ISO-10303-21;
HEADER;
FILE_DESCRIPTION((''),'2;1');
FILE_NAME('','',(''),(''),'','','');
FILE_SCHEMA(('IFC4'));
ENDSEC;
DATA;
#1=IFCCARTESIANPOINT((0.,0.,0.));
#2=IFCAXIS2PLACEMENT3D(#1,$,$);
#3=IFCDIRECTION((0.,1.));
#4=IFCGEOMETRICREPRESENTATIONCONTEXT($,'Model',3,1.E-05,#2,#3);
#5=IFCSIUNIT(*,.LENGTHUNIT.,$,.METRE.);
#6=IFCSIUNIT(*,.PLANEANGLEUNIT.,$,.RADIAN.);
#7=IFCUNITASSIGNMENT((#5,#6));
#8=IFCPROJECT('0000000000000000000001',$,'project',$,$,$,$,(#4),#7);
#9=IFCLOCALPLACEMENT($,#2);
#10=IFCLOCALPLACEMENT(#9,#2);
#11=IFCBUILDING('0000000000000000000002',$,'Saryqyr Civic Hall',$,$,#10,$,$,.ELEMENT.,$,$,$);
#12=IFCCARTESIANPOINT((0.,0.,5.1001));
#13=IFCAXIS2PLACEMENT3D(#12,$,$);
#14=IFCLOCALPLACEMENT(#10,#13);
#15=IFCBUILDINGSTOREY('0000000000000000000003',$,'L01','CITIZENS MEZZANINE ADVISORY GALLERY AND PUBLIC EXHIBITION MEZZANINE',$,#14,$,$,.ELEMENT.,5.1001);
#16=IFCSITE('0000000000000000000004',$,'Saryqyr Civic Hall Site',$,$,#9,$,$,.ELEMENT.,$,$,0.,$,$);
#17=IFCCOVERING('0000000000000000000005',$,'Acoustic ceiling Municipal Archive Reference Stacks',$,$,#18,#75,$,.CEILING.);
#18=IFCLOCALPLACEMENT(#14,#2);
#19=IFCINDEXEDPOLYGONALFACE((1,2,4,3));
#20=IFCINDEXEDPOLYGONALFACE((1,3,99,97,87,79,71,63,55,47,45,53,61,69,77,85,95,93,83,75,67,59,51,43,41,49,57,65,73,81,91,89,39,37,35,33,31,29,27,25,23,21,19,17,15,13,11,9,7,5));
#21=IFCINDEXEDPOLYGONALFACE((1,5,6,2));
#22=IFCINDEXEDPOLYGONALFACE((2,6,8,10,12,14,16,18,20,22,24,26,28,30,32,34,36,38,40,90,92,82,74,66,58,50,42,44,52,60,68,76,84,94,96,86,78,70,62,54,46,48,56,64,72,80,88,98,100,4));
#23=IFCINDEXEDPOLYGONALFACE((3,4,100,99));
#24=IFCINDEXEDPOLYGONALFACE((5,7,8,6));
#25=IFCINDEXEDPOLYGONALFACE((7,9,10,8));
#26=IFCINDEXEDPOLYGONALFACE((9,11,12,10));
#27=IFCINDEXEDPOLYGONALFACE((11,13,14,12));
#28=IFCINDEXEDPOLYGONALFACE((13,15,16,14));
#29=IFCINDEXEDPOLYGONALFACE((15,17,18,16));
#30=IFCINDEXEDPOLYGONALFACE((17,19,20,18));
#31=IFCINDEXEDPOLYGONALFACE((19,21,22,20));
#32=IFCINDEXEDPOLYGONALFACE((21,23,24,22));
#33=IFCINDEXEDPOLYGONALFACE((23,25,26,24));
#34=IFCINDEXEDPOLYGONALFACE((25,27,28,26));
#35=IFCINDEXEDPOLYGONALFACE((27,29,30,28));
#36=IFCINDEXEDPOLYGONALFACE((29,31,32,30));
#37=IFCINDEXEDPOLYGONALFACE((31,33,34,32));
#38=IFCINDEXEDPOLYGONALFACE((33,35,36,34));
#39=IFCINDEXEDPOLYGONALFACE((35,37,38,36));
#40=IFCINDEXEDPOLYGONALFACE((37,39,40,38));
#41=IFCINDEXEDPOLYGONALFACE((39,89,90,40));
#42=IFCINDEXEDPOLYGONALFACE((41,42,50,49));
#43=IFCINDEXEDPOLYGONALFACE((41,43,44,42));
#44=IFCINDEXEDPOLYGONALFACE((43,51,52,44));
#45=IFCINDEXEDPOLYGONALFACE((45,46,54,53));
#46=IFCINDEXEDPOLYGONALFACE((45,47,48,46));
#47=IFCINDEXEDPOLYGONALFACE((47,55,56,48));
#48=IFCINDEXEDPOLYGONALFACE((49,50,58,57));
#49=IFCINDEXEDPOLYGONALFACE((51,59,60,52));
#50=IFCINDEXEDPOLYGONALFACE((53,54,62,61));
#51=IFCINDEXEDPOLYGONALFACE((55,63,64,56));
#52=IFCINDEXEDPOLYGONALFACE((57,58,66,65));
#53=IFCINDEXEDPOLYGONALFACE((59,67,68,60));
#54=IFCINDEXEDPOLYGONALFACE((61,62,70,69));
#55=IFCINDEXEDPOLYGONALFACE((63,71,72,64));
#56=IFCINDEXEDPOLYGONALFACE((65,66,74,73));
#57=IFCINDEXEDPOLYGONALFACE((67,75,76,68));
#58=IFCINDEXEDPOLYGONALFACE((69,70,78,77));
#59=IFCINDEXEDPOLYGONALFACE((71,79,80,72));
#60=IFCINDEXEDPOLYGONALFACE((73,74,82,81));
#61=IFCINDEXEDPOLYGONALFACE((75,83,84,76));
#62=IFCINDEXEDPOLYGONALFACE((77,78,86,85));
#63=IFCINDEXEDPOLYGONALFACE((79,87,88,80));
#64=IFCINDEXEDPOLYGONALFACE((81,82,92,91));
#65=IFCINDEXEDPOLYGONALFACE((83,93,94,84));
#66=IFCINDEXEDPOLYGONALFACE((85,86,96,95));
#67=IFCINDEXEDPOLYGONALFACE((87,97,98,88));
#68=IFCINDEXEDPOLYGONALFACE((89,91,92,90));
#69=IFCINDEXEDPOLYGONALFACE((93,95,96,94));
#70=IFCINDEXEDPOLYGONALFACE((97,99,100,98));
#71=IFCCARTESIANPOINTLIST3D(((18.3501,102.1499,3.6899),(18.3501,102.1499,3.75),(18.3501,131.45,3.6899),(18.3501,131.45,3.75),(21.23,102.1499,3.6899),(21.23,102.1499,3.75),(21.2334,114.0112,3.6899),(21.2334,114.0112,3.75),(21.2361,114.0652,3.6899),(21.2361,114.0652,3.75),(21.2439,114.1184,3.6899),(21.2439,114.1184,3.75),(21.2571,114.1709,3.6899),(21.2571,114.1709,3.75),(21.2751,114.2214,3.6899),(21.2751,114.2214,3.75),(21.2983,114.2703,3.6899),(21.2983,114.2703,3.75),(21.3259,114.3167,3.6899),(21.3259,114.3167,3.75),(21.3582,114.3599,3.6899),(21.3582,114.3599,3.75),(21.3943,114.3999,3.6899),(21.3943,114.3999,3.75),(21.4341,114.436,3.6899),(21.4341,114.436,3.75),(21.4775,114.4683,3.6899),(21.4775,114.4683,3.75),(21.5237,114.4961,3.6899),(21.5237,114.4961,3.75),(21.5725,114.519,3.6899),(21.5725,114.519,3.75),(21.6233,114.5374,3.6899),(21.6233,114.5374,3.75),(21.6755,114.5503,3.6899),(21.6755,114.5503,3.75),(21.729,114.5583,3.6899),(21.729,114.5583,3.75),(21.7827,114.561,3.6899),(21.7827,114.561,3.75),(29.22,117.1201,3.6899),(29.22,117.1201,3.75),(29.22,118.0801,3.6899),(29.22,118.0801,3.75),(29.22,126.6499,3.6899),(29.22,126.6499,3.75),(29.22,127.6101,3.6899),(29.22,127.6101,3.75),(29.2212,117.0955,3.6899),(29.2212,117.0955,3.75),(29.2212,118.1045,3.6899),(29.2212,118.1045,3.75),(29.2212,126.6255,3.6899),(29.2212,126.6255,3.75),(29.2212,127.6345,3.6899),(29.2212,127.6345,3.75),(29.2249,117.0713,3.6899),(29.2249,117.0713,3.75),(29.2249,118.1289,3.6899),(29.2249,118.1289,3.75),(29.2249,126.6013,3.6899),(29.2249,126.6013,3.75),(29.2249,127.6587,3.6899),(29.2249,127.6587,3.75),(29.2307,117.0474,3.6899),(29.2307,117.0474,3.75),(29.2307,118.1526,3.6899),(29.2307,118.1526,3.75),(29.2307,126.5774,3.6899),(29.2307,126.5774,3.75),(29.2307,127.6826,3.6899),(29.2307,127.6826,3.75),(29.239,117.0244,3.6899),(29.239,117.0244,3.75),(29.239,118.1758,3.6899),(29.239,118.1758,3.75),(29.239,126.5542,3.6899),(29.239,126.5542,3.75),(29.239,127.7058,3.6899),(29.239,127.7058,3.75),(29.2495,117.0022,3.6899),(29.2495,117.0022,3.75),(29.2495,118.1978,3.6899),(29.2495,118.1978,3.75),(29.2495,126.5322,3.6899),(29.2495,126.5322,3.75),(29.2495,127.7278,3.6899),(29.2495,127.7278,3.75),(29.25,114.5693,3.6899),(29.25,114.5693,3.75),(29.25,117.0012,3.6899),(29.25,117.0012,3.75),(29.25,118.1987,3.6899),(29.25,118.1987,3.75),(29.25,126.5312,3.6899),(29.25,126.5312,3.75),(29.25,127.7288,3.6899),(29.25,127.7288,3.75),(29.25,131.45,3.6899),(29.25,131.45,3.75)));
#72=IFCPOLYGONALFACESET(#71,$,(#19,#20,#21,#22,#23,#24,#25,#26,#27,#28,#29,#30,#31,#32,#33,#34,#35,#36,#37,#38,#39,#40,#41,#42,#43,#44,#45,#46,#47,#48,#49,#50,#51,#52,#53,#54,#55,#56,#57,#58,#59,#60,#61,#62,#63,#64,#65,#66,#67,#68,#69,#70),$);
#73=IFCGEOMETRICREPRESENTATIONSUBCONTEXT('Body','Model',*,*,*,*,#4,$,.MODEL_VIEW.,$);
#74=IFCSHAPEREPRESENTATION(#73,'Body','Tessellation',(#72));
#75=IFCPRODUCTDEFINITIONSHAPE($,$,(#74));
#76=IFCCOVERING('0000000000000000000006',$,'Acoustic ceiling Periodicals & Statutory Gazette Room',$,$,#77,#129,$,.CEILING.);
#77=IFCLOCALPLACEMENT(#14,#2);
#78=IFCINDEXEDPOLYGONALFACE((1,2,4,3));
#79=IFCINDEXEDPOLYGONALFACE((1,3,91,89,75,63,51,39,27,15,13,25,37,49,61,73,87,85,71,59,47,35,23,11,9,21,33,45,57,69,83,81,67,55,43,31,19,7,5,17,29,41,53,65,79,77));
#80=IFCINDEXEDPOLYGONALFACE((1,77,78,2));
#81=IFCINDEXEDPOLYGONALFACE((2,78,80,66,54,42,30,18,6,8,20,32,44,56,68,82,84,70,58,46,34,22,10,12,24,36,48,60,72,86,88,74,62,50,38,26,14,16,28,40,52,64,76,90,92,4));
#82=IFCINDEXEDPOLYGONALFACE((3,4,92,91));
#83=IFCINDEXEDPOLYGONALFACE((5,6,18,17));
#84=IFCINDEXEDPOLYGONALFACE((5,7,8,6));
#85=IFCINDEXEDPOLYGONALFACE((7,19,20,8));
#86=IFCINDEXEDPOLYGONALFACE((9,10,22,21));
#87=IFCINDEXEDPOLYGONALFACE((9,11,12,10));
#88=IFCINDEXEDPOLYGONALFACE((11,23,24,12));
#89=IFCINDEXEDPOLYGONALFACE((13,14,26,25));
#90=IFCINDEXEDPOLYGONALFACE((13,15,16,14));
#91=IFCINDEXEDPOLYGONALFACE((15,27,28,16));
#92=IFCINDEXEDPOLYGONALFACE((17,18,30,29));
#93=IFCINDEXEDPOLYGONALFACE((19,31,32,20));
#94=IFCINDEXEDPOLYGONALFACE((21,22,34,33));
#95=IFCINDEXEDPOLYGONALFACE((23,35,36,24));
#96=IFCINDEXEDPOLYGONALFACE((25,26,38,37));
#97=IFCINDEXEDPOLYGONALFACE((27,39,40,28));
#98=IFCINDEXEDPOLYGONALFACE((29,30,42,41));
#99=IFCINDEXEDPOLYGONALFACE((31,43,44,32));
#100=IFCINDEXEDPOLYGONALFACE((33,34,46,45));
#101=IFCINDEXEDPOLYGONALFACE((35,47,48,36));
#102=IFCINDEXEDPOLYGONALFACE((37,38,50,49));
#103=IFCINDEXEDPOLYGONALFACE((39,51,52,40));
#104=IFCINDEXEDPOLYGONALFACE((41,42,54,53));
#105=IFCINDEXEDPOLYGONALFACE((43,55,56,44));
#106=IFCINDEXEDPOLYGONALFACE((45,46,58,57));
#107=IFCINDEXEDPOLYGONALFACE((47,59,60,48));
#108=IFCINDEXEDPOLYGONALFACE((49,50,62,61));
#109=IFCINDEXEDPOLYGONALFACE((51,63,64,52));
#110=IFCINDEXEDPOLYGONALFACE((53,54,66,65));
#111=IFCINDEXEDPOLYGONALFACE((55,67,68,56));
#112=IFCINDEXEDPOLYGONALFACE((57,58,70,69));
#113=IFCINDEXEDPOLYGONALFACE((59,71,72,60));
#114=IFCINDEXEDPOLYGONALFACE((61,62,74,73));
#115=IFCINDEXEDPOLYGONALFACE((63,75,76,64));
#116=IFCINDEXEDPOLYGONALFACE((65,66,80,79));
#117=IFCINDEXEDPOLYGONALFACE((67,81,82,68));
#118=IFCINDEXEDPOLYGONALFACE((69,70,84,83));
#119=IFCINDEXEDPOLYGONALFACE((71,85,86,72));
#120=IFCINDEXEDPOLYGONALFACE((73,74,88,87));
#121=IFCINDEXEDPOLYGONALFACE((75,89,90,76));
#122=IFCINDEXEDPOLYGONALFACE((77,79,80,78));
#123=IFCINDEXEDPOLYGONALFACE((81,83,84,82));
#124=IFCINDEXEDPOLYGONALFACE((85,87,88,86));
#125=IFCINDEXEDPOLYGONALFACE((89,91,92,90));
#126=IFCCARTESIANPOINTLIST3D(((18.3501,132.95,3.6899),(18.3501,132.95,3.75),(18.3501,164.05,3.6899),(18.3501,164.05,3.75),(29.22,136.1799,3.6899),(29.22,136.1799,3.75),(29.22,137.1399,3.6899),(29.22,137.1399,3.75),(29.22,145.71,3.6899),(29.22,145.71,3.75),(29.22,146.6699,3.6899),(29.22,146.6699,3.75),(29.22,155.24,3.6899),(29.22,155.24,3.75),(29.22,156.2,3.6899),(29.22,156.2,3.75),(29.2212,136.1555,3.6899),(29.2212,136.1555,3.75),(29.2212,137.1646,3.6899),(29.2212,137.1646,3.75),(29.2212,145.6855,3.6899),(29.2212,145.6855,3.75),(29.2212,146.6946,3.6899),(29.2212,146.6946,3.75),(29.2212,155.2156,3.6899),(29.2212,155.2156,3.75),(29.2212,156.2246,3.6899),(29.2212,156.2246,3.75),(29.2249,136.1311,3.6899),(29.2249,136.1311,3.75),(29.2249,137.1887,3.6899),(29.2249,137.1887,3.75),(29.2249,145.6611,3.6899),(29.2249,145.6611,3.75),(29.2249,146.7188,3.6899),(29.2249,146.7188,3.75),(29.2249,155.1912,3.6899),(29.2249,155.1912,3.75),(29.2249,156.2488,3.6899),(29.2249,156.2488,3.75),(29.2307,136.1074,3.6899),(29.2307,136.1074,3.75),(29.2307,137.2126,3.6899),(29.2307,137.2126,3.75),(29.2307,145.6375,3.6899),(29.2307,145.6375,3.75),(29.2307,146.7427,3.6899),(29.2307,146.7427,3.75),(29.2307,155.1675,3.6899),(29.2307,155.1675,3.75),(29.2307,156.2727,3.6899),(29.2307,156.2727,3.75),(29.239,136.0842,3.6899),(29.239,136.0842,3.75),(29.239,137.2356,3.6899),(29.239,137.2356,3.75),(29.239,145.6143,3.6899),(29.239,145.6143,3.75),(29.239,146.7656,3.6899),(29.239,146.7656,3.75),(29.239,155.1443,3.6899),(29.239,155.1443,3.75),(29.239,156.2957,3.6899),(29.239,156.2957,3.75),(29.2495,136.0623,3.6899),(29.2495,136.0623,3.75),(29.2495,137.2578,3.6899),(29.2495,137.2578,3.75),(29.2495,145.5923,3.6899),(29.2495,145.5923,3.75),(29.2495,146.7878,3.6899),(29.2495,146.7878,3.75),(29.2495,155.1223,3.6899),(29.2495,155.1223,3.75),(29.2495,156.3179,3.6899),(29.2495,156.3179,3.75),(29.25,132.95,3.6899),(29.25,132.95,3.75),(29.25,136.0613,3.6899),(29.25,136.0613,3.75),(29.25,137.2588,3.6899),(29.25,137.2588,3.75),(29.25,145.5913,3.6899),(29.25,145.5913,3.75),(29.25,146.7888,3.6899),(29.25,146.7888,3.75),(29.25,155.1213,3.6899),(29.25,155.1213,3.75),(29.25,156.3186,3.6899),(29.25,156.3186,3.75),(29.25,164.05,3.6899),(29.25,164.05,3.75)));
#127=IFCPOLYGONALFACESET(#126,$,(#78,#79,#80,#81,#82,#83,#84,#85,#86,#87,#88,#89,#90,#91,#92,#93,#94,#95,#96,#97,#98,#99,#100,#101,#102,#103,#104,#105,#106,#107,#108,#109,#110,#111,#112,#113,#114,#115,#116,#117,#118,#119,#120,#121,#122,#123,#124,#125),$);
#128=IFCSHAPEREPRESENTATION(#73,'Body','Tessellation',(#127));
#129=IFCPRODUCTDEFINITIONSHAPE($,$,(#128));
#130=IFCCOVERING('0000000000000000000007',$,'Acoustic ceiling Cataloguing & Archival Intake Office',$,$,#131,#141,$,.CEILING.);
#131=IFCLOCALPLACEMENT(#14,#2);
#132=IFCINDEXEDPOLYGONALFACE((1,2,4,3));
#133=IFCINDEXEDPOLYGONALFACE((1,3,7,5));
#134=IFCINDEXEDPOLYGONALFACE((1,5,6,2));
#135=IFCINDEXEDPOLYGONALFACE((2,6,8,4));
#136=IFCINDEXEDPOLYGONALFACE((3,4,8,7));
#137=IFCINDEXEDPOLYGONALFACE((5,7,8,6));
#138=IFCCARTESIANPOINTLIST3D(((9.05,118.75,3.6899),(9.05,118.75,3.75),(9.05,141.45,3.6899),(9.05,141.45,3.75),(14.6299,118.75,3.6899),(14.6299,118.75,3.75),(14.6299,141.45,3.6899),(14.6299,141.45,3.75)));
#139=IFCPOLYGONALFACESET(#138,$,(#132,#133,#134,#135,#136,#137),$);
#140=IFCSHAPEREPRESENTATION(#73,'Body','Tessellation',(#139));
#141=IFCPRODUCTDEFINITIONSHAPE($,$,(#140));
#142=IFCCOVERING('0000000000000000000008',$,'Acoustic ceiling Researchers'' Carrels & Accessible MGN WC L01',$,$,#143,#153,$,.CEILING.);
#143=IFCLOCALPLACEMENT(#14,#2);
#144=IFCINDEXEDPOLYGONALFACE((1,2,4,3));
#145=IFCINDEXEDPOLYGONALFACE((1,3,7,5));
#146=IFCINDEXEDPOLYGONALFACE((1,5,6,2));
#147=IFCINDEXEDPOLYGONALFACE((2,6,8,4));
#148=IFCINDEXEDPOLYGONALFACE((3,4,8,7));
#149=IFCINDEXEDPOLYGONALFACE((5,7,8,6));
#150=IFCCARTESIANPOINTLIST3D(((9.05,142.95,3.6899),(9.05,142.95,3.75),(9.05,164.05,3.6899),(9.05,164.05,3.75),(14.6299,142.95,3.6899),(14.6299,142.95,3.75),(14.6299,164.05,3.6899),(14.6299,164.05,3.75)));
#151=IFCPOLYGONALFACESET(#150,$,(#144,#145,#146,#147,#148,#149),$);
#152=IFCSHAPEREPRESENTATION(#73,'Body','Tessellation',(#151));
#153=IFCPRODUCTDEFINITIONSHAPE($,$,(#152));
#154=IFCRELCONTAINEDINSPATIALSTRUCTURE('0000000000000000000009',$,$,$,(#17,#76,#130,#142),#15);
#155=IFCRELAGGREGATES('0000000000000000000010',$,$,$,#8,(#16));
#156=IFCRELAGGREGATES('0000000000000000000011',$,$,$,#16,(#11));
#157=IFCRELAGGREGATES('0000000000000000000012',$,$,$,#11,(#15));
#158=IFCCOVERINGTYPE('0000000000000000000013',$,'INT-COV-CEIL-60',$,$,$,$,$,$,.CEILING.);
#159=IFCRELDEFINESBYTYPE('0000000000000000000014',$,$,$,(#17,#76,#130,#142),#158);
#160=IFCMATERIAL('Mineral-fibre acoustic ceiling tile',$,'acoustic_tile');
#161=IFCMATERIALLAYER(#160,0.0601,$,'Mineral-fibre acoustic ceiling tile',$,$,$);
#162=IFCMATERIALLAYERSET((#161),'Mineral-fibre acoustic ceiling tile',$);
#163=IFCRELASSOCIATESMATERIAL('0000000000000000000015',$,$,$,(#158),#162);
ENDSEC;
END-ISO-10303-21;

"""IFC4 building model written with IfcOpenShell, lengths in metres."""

from ifc_helpers import new_model, si_unit, direction, frame, origin, place, context, subcontext, project, spatial, polyline, outline, extrude, material, layer, layer_set, type_object, element, save


model = new_model("IFC4")

# Units and contexts
model_context = context("Model", 3, precision=1e-05, world=origin(), true_north=direction((0.0, 1.0)))
body_context = subcontext(model_context, "Body", "Model", "MODEL_VIEW")
ifc_project = project(units=[si_unit("LENGTHUNIT", "METRE"), si_unit("PLANEANGLEUNIT", "RADIAN")], contexts=[model_context])

# Site, building, storey
site_placement = place(None, origin())
site = spatial("IfcSite", under=ifc_project, at=site_placement, Name="Saryqyr Civic Hall Site", CompositionType="ELEMENT", RefElevation=0.0)
building_placement = place(site_placement, origin())
building = spatial("IfcBuilding", under=site, at=building_placement, Name="Saryqyr Civic Hall", CompositionType="ELEMENT")
storey_placement = place(building_placement, frame((0.0, 0.0, 5.1001)))
storey = spatial("IfcBuildingStorey", under=building, at=storey_placement, Name="L01", Description="CITIZENS MEZZANINE ADVISORY GALLERY AND PUBLIC EXHIBITION MEZZANINE", CompositionType="ELEMENT", Elevation=5.1001)

# Coverings
ifc_material_1 = material(Name="Mineral-fibre acoustic ceiling tile", Category="acoustic_tile")
ifc_layer_1 = layer(ifc_material_1, 0.0601, Name="Mineral-fibre acoustic ceiling tile")
ifc_layer_set_1 = layer_set([ifc_layer_1], Name="Mineral-fibre acoustic ceiling tile")
covering_type = type_object("IfcCoveringType", Name="INT-COV-CEIL-60", PredefinedType="CEILING", material=ifc_layer_set_1)
covering_1_placement = place(storey_placement, frame((0.0, 0.0, 3.6899)))
element("IfcCovering", 1, at=covering_1_placement, inside=storey, type_object=covering_type, Name="Acoustic ceiling Municipal Archive Reference Stacks", PredefinedType="CEILING", context=body_context, shape_type="SweptSolid", body=[
    extrude(outline(polyline([(29.2495, 127.7278), (29.239, 127.7058), (29.2307, 127.6826), (29.2249, 127.6587), (29.2212, 127.6345), (29.22, 127.6101), (29.22, 126.6499), (29.2212, 126.6255), (29.2249, 126.6013), (29.2307, 126.5774), (29.239, 126.5542), (29.2495, 126.5322), (29.25, 126.5312), (29.25, 118.1987), (29.2495, 118.1978), (29.239, 118.1758), (29.2307, 118.1526), (29.2249, 118.1289), (29.2212, 118.1045), (29.22, 118.0801), (29.22, 117.1201), (29.2212, 117.0955), (29.2249, 117.0713), (29.2307, 117.0474), (29.239, 117.0244), (29.2495, 117.0022), (29.25, 117.0012), (29.25, 114.5693), (21.7827, 114.561), (21.729, 114.5583), (21.6755, 114.5503), (21.6233, 114.5374), (21.5725, 114.519), (21.5237, 114.4961), (21.4775, 114.4683), (21.4341, 114.436), (21.3943, 114.3999), (21.3582, 114.3599), (21.3259, 114.3167), (21.2983, 114.2703), (21.2751, 114.2214), (21.2571, 114.1709), (21.2439, 114.1184), (21.2361, 114.0652), (21.2334, 114.0112), (21.23, 102.1499), (18.3501, 102.1499), (18.3501, 131.45), (29.25, 131.45), (29.25, 127.7288), (29.2495, 127.7278)])), origin(), (0.0, 0.0, 1.0), 0.0601),
])
covering_2_placement = place(storey_placement, frame((0.0, 0.0, 3.6899)))
element("IfcCovering", 2, at=covering_2_placement, inside=storey, type_object=covering_type, Name="Acoustic ceiling Periodicals & Statutory Gazette Room", PredefinedType="CEILING", context=body_context, shape_type="SweptSolid", body=[
    extrude(outline(polyline([(29.2495, 156.3179), (29.239, 156.2957), (29.2307, 156.2727), (29.2249, 156.2488), (29.2212, 156.2246), (29.22, 156.2), (29.22, 155.24), (29.2212, 155.2156), (29.2249, 155.1912), (29.2307, 155.1675), (29.239, 155.1443), (29.2495, 155.1223), (29.25, 155.1213), (29.25, 146.7888), (29.2495, 146.7878), (29.239, 146.7656), (29.2307, 146.7427), (29.2249, 146.7188), (29.2212, 146.6946), (29.22, 146.6699), (29.22, 145.71), (29.2212, 145.6855), (29.2249, 145.6611), (29.2307, 145.6375), (29.239, 145.6143), (29.2495, 145.5923), (29.25, 145.5913), (29.25, 137.2588), (29.2495, 137.2578), (29.239, 137.2356), (29.2307, 137.2126), (29.2249, 137.1887), (29.2212, 137.1646), (29.22, 137.1399), (29.22, 136.1799), (29.2212, 136.1555), (29.2249, 136.1311), (29.2307, 136.1074), (29.239, 136.0842), (29.2495, 136.0623), (29.25, 136.0613), (29.25, 132.95), (18.3501, 132.95), (18.3501, 164.05), (29.25, 164.05), (29.25, 156.3186), (29.2495, 156.3179)])), origin(), (0.0, 0.0, 1.0), 0.0601),
])
covering_3_placement = place(storey_placement, frame((0.0, 0.0, 3.6899)))
element("IfcCovering", 3, at=covering_3_placement, inside=storey, type_object=covering_type, Name="Acoustic ceiling Cataloguing & Archival Intake Office", PredefinedType="CEILING", context=body_context, shape_type="SweptSolid", body=[
    extrude(outline(polyline([(9.05, 118.75), (9.05, 141.45), (14.6299, 141.45), (14.6299, 118.75), (9.05, 118.75)])), origin(), (0.0, 0.0, 1.0), 0.0601),
])
covering_4_placement = place(storey_placement, frame((0.0, 0.0, 3.6899)))
element("IfcCovering", 4, at=covering_4_placement, inside=storey, type_object=covering_type, Name="Acoustic ceiling Researchers' Carrels & Accessible MGN WC L01", PredefinedType="CEILING", context=body_context, shape_type="SweptSolid", body=[
    extrude(outline(polyline([(9.05, 142.95), (9.05, 164.05), (14.6299, 164.05), (14.6299, 142.95), (9.05, 142.95)])), origin(), (0.0, 0.0, 1.0), 0.0601),
])

save(model, "model.ifc")
